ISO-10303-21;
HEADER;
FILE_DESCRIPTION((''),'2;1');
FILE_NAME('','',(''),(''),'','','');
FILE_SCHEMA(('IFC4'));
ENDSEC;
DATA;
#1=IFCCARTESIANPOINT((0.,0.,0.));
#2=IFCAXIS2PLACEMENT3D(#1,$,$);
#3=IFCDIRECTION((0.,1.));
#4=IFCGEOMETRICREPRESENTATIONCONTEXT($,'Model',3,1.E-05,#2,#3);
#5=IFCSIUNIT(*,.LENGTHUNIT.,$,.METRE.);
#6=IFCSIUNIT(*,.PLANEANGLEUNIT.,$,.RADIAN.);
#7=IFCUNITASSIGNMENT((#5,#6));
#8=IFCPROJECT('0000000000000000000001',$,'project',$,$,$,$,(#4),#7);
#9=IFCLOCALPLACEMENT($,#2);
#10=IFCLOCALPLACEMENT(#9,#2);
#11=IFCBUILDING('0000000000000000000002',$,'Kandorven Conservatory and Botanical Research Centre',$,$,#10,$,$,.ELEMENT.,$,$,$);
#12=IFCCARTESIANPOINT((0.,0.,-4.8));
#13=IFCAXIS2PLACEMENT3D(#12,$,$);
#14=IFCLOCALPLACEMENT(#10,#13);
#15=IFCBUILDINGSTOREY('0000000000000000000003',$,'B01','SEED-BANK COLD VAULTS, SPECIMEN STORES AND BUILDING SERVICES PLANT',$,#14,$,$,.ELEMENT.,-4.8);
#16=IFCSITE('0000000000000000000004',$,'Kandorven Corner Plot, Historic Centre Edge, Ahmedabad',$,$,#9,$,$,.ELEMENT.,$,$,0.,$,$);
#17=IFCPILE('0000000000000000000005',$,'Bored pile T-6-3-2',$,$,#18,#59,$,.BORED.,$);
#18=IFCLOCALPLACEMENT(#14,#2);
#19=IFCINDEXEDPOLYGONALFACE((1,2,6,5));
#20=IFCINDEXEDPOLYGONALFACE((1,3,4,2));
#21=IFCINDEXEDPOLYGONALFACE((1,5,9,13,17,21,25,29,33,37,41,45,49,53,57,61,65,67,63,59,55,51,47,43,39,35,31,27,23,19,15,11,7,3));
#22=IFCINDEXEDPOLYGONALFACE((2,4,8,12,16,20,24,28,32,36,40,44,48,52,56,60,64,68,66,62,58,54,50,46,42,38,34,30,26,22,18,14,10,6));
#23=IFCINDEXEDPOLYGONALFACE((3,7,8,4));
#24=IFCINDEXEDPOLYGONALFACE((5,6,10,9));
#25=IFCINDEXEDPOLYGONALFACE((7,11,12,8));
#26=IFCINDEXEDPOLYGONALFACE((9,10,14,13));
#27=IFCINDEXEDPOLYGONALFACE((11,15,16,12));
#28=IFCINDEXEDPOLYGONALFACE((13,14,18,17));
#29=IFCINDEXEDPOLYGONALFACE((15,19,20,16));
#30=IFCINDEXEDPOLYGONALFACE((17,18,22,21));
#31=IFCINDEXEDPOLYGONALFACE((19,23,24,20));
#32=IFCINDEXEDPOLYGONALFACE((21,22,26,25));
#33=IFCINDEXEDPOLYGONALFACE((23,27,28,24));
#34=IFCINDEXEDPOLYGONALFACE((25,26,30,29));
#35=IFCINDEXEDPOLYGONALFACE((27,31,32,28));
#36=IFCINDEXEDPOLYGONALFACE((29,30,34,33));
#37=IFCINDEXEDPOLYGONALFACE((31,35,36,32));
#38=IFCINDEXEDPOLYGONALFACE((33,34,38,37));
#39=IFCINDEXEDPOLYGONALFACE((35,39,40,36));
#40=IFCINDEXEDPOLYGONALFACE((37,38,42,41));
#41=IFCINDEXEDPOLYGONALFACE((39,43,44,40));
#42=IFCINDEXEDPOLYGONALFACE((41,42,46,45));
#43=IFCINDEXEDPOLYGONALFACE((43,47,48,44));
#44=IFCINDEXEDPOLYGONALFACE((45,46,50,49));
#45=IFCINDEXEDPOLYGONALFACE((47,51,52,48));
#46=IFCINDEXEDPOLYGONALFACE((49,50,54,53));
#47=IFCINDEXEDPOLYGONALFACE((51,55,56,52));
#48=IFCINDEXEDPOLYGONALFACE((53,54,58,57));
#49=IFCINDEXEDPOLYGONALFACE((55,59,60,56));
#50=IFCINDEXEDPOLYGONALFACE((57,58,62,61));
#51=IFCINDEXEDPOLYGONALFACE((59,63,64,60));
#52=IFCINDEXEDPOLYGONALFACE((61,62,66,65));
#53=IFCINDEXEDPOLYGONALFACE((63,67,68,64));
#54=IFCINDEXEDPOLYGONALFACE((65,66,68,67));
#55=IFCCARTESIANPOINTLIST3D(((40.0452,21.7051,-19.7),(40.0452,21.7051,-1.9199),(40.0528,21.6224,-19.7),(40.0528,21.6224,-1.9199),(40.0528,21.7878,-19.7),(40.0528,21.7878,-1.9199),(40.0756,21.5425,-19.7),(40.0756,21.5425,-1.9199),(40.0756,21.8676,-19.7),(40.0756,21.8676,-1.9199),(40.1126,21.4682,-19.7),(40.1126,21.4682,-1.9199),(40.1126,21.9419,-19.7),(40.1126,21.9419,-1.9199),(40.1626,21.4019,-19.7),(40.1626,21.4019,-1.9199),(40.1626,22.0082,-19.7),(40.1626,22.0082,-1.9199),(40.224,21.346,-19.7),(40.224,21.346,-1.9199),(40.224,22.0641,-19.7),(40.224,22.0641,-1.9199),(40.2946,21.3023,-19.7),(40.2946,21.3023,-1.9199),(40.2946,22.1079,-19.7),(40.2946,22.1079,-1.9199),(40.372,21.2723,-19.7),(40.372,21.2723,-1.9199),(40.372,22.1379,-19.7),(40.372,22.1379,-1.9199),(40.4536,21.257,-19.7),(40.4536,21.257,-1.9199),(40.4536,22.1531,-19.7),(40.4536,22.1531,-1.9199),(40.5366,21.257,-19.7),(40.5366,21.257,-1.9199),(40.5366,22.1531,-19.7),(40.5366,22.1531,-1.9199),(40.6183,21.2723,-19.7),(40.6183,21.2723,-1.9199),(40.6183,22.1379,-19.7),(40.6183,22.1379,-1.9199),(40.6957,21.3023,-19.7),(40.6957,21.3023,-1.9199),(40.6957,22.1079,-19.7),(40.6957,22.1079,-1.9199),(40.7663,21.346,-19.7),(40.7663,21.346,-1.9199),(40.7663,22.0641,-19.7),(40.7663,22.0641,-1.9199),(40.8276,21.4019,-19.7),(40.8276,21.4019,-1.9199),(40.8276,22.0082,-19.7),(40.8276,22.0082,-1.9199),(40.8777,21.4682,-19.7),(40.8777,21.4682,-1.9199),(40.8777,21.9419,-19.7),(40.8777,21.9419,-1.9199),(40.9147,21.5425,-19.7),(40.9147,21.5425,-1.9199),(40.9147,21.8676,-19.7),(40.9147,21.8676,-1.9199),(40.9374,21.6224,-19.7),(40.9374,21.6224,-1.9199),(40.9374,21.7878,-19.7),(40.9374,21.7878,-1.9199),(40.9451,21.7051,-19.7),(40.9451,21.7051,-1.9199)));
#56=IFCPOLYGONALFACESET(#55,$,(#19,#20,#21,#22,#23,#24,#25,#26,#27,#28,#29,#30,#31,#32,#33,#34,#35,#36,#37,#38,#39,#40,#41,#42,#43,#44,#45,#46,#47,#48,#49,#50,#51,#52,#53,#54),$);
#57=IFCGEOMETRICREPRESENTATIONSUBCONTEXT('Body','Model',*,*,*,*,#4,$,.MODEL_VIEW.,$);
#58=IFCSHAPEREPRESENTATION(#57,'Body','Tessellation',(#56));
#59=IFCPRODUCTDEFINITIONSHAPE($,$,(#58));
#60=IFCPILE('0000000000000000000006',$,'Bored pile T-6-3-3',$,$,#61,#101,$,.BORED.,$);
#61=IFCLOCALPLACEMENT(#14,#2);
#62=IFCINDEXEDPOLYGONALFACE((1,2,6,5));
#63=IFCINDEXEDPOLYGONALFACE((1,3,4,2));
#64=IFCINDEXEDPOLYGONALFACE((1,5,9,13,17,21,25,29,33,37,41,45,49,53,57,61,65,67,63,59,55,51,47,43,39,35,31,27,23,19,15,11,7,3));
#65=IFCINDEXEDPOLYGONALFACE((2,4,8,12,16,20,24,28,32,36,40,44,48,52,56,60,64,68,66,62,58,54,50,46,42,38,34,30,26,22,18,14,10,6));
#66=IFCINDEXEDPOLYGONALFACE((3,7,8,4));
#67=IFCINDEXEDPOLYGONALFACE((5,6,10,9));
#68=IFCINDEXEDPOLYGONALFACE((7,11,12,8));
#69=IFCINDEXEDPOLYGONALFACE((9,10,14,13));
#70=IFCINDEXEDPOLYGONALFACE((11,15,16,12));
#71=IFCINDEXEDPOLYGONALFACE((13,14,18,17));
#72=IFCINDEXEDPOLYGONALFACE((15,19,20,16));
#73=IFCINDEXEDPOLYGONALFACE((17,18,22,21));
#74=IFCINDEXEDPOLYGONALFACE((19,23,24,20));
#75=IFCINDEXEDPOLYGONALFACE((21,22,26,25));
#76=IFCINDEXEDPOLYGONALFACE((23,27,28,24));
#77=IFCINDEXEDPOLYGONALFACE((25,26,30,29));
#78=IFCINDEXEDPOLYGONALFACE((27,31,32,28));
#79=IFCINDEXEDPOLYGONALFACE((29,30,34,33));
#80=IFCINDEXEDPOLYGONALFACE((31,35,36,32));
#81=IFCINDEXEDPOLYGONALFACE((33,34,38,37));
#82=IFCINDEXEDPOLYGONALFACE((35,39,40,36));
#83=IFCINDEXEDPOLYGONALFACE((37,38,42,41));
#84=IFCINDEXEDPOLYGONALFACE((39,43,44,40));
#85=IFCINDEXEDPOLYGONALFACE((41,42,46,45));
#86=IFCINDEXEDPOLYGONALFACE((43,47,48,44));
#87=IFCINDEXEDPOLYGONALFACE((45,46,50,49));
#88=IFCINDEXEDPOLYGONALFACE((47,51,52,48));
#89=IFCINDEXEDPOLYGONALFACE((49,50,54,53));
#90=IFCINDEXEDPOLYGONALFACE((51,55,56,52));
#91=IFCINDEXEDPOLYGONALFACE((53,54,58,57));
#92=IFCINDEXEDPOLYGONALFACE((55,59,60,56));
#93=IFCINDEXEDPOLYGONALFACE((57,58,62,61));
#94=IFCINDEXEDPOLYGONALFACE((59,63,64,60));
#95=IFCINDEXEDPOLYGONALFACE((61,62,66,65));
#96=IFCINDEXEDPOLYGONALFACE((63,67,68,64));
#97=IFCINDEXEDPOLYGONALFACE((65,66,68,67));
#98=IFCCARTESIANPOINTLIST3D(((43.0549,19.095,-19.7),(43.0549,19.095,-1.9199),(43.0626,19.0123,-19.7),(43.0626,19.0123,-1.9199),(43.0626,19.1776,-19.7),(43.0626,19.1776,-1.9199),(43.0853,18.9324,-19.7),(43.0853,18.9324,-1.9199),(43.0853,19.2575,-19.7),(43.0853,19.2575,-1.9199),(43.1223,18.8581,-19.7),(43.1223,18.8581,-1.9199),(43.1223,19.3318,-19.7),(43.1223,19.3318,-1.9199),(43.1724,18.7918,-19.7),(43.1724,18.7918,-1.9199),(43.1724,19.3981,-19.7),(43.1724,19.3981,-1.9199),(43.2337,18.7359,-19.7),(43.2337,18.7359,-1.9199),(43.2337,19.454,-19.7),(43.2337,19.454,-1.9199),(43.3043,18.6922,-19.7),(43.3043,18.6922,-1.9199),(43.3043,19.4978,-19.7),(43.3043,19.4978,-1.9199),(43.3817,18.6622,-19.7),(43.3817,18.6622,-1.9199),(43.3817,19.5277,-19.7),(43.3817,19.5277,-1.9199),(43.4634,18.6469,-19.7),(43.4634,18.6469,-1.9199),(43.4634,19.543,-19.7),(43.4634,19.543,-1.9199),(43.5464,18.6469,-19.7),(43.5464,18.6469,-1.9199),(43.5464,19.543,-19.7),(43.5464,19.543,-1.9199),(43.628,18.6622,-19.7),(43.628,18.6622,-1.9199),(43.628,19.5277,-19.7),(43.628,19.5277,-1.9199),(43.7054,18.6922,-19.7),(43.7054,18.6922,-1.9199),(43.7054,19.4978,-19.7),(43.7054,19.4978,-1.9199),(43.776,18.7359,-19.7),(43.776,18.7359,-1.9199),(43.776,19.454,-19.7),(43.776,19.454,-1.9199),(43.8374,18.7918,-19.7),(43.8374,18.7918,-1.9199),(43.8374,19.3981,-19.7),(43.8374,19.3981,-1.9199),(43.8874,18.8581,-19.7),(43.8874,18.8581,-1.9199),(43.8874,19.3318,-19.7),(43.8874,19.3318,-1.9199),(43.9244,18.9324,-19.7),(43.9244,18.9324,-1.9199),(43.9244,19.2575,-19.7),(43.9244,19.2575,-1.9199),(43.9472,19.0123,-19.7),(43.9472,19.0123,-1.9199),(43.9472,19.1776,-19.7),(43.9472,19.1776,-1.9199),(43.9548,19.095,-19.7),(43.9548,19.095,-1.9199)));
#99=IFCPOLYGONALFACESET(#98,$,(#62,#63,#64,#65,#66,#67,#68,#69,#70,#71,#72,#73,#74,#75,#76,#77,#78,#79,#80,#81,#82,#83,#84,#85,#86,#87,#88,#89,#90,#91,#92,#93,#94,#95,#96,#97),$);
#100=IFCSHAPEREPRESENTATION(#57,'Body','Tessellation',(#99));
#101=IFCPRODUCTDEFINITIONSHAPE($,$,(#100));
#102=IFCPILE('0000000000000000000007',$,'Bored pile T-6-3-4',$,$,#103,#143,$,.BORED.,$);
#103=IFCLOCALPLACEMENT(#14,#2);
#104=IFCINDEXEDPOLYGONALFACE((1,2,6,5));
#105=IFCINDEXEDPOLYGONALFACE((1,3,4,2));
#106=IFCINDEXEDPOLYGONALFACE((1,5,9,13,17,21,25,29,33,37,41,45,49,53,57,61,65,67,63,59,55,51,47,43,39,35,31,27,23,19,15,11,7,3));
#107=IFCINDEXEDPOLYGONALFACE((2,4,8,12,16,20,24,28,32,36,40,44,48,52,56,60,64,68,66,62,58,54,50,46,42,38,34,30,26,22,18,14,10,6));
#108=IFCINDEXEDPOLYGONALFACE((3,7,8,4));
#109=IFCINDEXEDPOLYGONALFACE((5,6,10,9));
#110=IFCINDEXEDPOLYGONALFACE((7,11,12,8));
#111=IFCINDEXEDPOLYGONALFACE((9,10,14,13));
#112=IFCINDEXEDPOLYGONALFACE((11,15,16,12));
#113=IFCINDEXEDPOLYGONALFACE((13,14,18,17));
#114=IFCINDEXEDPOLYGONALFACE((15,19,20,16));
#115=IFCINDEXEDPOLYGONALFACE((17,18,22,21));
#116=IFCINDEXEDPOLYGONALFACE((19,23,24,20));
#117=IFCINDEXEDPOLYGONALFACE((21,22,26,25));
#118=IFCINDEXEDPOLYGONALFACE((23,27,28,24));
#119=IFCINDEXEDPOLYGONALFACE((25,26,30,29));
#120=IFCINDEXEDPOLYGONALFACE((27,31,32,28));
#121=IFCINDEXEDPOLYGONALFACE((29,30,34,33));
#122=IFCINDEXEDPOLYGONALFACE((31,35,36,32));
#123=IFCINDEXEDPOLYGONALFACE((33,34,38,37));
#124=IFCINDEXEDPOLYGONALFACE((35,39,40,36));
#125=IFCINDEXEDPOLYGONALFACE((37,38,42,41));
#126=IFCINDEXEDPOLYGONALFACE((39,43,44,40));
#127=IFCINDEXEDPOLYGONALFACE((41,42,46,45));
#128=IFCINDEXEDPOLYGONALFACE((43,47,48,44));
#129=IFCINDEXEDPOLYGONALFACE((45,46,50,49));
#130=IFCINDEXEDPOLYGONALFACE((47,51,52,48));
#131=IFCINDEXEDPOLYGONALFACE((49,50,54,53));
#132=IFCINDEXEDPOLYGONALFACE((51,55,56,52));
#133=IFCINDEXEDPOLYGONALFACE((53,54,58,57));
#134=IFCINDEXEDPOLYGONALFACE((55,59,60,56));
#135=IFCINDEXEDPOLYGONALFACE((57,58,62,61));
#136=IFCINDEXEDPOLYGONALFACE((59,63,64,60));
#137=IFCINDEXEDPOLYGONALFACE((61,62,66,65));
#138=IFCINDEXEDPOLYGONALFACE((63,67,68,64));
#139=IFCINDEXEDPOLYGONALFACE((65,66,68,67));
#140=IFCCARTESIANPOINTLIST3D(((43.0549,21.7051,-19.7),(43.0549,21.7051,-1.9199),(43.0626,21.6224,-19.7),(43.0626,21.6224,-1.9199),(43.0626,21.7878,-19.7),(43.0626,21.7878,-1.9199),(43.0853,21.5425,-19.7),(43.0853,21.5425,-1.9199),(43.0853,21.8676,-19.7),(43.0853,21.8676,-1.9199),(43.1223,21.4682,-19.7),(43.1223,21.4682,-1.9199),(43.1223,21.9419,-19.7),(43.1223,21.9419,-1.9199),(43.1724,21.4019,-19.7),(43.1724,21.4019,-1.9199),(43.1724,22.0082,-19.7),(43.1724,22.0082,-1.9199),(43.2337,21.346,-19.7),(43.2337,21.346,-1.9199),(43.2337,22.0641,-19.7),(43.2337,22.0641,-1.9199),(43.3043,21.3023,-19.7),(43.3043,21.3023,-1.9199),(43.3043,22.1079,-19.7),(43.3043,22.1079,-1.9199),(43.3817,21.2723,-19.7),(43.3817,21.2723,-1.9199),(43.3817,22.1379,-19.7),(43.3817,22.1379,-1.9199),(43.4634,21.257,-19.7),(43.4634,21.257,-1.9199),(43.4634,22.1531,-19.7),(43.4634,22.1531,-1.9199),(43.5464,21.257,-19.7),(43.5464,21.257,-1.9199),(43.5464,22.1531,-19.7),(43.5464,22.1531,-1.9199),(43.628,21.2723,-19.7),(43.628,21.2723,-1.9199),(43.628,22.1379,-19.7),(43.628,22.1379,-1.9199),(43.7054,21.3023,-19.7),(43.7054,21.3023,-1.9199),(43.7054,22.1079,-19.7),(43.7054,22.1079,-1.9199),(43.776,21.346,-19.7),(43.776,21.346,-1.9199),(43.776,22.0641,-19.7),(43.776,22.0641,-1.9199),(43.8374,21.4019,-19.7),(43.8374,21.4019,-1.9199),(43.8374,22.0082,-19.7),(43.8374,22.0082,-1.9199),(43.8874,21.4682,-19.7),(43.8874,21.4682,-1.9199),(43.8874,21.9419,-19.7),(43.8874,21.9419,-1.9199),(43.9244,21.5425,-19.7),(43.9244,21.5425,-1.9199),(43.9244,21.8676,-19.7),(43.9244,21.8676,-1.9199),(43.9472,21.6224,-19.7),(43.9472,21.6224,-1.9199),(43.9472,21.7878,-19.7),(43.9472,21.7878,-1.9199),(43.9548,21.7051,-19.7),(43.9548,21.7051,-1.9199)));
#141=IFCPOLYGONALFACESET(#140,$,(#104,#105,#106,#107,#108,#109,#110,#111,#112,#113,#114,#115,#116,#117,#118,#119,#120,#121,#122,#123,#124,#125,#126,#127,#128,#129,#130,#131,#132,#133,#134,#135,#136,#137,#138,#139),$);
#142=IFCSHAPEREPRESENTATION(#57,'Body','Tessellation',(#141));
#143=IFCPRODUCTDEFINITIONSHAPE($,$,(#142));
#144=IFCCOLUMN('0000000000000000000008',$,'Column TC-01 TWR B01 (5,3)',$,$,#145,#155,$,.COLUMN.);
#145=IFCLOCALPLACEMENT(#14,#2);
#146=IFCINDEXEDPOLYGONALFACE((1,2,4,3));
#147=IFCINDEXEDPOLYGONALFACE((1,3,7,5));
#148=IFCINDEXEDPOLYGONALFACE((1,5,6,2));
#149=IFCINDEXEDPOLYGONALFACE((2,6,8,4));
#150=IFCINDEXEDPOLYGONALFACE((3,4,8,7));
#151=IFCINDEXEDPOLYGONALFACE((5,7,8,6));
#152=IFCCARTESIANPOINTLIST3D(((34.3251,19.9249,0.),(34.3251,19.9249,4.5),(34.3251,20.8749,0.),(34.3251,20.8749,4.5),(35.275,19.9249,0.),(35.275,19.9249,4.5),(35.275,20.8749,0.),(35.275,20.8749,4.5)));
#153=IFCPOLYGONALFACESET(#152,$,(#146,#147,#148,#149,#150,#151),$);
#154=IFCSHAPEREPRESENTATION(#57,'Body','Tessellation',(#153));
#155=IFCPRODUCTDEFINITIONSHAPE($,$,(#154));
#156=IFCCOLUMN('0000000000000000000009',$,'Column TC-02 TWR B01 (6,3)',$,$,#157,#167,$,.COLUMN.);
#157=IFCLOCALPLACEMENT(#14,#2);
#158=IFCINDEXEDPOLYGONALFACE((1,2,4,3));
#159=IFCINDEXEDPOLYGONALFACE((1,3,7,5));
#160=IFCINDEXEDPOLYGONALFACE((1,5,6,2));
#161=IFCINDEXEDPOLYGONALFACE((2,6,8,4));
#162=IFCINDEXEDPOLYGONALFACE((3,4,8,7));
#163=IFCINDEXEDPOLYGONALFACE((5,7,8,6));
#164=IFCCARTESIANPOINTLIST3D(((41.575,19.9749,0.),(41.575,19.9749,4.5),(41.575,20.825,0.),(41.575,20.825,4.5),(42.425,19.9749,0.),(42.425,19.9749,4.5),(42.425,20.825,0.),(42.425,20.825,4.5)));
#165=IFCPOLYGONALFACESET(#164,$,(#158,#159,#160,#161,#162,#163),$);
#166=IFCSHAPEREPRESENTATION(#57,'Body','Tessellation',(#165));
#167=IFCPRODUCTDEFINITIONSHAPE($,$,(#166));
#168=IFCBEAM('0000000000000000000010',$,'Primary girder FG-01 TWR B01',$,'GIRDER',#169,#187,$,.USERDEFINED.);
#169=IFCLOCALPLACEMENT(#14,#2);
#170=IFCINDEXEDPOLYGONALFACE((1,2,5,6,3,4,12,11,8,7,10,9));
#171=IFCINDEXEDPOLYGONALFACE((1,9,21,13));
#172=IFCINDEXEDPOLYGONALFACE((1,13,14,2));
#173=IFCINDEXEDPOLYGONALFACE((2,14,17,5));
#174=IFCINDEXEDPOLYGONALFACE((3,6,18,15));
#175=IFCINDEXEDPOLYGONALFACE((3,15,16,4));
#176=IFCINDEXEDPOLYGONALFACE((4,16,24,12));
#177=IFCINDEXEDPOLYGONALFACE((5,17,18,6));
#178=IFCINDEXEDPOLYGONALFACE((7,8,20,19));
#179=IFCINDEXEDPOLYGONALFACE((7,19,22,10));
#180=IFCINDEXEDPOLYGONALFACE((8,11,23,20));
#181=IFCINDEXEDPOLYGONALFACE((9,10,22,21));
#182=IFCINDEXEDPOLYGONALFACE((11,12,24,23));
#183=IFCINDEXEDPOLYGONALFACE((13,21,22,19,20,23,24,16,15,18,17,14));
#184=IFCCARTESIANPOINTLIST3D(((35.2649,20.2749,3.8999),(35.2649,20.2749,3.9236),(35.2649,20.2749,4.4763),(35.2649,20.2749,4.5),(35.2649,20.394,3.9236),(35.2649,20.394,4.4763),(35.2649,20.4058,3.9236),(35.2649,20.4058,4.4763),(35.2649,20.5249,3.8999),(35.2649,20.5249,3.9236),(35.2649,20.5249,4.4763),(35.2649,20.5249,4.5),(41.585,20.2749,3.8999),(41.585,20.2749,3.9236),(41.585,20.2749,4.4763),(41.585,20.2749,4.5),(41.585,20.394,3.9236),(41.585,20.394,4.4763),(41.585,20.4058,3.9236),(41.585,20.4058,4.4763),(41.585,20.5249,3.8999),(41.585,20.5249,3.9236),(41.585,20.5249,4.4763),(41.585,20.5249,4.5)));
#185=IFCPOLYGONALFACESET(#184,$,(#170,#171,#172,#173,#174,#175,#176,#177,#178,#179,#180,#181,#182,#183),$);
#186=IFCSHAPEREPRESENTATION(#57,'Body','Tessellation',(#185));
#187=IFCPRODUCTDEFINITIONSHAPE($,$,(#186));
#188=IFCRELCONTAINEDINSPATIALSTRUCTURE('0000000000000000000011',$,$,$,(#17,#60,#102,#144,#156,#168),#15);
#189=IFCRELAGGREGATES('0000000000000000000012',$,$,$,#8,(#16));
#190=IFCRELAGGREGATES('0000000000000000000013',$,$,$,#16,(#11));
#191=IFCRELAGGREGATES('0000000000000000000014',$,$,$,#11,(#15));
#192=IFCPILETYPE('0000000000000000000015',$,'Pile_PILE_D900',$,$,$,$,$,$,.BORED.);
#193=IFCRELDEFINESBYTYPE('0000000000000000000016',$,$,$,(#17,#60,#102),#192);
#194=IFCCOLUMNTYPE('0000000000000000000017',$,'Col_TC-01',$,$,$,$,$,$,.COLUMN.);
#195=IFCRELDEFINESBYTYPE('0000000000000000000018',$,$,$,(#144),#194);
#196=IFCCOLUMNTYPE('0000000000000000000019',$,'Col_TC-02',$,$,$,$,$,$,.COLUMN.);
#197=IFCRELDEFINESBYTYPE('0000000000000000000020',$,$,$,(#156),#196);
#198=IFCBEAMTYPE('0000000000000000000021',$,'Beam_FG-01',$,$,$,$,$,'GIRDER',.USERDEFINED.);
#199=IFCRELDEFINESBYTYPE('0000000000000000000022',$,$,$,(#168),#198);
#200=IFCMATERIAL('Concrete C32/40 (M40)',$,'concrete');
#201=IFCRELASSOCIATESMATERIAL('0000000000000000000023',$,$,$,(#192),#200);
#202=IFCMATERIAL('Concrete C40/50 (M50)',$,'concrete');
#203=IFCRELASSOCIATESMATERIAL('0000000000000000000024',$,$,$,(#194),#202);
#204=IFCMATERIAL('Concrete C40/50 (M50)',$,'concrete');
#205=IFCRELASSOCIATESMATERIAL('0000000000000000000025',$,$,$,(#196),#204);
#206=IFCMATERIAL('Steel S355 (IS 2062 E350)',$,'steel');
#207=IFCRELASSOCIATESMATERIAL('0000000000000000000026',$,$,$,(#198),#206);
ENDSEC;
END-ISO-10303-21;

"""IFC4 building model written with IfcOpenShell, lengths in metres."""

from ifc_helpers import new_model, si_unit, direction, frame, origin, origin_2d, place, context, subcontext, project, spatial, rectangle, circle, i_section, extrude, material, material_profile, profile_set, type_object, element, save


model = new_model("IFC4")

# Units and contexts
model_context = context("Model", 3, precision=1e-05, world=origin(), true_north=direction((0.0, 1.0)))
body_context = subcontext(model_context, "Body", "Model", "MODEL_VIEW")
ifc_project = project(units=[si_unit("LENGTHUNIT", "METRE"), si_unit("PLANEANGLEUNIT", "RADIAN")], contexts=[model_context])

# Site, building, storey
site_placement = place(None, origin())
site = spatial("IfcSite", under=ifc_project, at=site_placement, Name="Kandorven Corner Plot, Historic Centre Edge, Ahmedabad", CompositionType="ELEMENT", RefElevation=0.0)
building_placement = place(site_placement, origin())
building = spatial("IfcBuilding", under=site, at=building_placement, Name="Kandorven Conservatory and Botanical Research Centre", CompositionType="ELEMENT")
storey_placement = place(building_placement, frame((0.0, 0.0, -4.8)))
storey = spatial("IfcBuildingStorey", under=building, at=storey_placement, Name="B01", Description="SEED-BANK COLD VAULTS, SPECIMEN STORES AND BUILDING SERVICES PLANT", CompositionType="ELEMENT", Elevation=-4.8)

# Piles
ifc_material_1 = material(Name="Concrete C32/40 (M40)", Category="concrete")
ifc_material_profile_1 = material_profile(ifc_material_1, circle(Radius=0.45, at=origin_2d()))
ifc_profile_set_1 = profile_set([ifc_material_profile_1], Name="Concrete C32/40 (M40)")
pile_type_1 = type_object("IfcPileType", Name="Pile_PILE_D900", PredefinedType="BORED", material=ifc_profile_set_1)
for number, where, z_axis, x_axis, name in (
    (1, (40.4951, 21.7051, -1.9199), (0.0, 0.0, -1.0), (1.0, 0.0, 0.0), "Bored pile T-6-3-2"),
    (2, (43.5049, 19.095, -1.9199), (0.0, 0.0, -1.0), (1.0, 0.0, 0.0), "Bored pile T-6-3-3"),
    (3, (43.5049, 21.7051, -1.9199), (0.0, 0.0, -1.0), (1.0, 0.0, 0.0), "Bored pile T-6-3-4"),
):
    element("IfcPile", number, at=place(storey_placement, frame(where, z_axis=z_axis, x_axis=x_axis)), inside=storey, type_object=pile_type_1, Name=name, PredefinedType="BORED", context=body_context, shape_type="SweptSolid", body=[
        extrude(circle(Radius=0.45, at=origin_2d()), origin(), (0.0, 0.0, 1.0), 17.78),
    ])

# Columns
ifc_material_2 = material(Name="Concrete C40/50 (M50)", Category="concrete")
ifc_material_profile_2 = material_profile(ifc_material_2, rectangle(XDim=0.95, YDim=0.95, at=origin_2d()))
ifc_profile_set_2 = profile_set([ifc_material_profile_2], Name="Concrete C40/50 (M50)")
column_type_1 = type_object("IfcColumnType", Name="Col_TC-01", PredefinedType="COLUMN", material=ifc_profile_set_2)
column_1_placement = place(storey_placement, frame((34.8, 20.3999, 0.0), z_axis=(0.0, 0.0, 1.0), x_axis=(1.0, 0.0, 0.0)))
element("IfcColumn", 4, at=column_1_placement, inside=storey, type_object=column_type_1, Name="Column TC-01 TWR B01 (5,3)", PredefinedType="COLUMN", context=body_context, shape_type="SweptSolid", body=[
    extrude(rectangle(XDim=0.95, YDim=0.95, at=origin_2d()), origin(), (0.0, 0.0, 1.0), 4.5),
])
ifc_material_3 = material(Name="Concrete C40/50 (M50)", Category="concrete")
ifc_material_profile_3 = material_profile(ifc_material_3, rectangle(XDim=0.8501, YDim=0.8501, at=origin_2d()))
ifc_profile_set_3 = profile_set([ifc_material_profile_3], Name="Concrete C40/50 (M50)")
column_type_2 = type_object("IfcColumnType", Name="Col_TC-02", PredefinedType="COLUMN", material=ifc_profile_set_3)
column_2_placement = place(storey_placement, frame((42.0, 20.3999, 0.0), z_axis=(0.0, 0.0, 1.0), x_axis=(1.0, 0.0, 0.0)))
element("IfcColumn", 5, at=column_2_placement, inside=storey, type_object=column_type_2, Name="Column TC-02 TWR B01 (6,3)", PredefinedType="COLUMN", context=body_context, shape_type="SweptSolid", body=[
    extrude(rectangle(XDim=0.8501, YDim=0.8501, at=origin_2d()), origin(), (0.0, 0.0, 1.0), 4.5),
])

# Beam
ifc_material_4 = material(Name="Steel S355 (IS 2062 E350)", Category="steel")
ifc_material_profile_4 = material_profile(ifc_material_4, i_section(OverallWidth=0.25, OverallDepth=0.6001, WebThickness=0.0117, FlangeThickness=0.0237, at=origin_2d()))
ifc_profile_set_4 = profile_set([ifc_material_profile_4], Name="Steel S355 (IS 2062 E350)")
beam_type_1 = type_object("IfcBeamType", Name="Beam_FG-01", ElementType="GIRDER", PredefinedType="USERDEFINED", material=ifc_profile_set_4)
for number, where, z_axis, x_axis, name in (
    (6, (35.2649, 20.3999, 4.2), (1.0, 0.0, 0.0), (0.0, 1.0, 0.0), "Primary girder FG-01 TWR B01"),
):
    element("IfcBeam", number, at=place(storey_placement, frame(where, z_axis=z_axis, x_axis=x_axis)), inside=storey, type_object=beam_type_1, Name=name, ObjectType="GIRDER", PredefinedType="USERDEFINED", context=body_context, shape_type="SweptSolid", body=[
        extrude(i_section(OverallWidth=0.25, OverallDepth=0.6001, WebThickness=0.0117, FlangeThickness=0.0237, at=origin_2d()), origin(), (0.0, 0.0, 1.0), 6.3201),
    ])

save(model, "model.ifc")
